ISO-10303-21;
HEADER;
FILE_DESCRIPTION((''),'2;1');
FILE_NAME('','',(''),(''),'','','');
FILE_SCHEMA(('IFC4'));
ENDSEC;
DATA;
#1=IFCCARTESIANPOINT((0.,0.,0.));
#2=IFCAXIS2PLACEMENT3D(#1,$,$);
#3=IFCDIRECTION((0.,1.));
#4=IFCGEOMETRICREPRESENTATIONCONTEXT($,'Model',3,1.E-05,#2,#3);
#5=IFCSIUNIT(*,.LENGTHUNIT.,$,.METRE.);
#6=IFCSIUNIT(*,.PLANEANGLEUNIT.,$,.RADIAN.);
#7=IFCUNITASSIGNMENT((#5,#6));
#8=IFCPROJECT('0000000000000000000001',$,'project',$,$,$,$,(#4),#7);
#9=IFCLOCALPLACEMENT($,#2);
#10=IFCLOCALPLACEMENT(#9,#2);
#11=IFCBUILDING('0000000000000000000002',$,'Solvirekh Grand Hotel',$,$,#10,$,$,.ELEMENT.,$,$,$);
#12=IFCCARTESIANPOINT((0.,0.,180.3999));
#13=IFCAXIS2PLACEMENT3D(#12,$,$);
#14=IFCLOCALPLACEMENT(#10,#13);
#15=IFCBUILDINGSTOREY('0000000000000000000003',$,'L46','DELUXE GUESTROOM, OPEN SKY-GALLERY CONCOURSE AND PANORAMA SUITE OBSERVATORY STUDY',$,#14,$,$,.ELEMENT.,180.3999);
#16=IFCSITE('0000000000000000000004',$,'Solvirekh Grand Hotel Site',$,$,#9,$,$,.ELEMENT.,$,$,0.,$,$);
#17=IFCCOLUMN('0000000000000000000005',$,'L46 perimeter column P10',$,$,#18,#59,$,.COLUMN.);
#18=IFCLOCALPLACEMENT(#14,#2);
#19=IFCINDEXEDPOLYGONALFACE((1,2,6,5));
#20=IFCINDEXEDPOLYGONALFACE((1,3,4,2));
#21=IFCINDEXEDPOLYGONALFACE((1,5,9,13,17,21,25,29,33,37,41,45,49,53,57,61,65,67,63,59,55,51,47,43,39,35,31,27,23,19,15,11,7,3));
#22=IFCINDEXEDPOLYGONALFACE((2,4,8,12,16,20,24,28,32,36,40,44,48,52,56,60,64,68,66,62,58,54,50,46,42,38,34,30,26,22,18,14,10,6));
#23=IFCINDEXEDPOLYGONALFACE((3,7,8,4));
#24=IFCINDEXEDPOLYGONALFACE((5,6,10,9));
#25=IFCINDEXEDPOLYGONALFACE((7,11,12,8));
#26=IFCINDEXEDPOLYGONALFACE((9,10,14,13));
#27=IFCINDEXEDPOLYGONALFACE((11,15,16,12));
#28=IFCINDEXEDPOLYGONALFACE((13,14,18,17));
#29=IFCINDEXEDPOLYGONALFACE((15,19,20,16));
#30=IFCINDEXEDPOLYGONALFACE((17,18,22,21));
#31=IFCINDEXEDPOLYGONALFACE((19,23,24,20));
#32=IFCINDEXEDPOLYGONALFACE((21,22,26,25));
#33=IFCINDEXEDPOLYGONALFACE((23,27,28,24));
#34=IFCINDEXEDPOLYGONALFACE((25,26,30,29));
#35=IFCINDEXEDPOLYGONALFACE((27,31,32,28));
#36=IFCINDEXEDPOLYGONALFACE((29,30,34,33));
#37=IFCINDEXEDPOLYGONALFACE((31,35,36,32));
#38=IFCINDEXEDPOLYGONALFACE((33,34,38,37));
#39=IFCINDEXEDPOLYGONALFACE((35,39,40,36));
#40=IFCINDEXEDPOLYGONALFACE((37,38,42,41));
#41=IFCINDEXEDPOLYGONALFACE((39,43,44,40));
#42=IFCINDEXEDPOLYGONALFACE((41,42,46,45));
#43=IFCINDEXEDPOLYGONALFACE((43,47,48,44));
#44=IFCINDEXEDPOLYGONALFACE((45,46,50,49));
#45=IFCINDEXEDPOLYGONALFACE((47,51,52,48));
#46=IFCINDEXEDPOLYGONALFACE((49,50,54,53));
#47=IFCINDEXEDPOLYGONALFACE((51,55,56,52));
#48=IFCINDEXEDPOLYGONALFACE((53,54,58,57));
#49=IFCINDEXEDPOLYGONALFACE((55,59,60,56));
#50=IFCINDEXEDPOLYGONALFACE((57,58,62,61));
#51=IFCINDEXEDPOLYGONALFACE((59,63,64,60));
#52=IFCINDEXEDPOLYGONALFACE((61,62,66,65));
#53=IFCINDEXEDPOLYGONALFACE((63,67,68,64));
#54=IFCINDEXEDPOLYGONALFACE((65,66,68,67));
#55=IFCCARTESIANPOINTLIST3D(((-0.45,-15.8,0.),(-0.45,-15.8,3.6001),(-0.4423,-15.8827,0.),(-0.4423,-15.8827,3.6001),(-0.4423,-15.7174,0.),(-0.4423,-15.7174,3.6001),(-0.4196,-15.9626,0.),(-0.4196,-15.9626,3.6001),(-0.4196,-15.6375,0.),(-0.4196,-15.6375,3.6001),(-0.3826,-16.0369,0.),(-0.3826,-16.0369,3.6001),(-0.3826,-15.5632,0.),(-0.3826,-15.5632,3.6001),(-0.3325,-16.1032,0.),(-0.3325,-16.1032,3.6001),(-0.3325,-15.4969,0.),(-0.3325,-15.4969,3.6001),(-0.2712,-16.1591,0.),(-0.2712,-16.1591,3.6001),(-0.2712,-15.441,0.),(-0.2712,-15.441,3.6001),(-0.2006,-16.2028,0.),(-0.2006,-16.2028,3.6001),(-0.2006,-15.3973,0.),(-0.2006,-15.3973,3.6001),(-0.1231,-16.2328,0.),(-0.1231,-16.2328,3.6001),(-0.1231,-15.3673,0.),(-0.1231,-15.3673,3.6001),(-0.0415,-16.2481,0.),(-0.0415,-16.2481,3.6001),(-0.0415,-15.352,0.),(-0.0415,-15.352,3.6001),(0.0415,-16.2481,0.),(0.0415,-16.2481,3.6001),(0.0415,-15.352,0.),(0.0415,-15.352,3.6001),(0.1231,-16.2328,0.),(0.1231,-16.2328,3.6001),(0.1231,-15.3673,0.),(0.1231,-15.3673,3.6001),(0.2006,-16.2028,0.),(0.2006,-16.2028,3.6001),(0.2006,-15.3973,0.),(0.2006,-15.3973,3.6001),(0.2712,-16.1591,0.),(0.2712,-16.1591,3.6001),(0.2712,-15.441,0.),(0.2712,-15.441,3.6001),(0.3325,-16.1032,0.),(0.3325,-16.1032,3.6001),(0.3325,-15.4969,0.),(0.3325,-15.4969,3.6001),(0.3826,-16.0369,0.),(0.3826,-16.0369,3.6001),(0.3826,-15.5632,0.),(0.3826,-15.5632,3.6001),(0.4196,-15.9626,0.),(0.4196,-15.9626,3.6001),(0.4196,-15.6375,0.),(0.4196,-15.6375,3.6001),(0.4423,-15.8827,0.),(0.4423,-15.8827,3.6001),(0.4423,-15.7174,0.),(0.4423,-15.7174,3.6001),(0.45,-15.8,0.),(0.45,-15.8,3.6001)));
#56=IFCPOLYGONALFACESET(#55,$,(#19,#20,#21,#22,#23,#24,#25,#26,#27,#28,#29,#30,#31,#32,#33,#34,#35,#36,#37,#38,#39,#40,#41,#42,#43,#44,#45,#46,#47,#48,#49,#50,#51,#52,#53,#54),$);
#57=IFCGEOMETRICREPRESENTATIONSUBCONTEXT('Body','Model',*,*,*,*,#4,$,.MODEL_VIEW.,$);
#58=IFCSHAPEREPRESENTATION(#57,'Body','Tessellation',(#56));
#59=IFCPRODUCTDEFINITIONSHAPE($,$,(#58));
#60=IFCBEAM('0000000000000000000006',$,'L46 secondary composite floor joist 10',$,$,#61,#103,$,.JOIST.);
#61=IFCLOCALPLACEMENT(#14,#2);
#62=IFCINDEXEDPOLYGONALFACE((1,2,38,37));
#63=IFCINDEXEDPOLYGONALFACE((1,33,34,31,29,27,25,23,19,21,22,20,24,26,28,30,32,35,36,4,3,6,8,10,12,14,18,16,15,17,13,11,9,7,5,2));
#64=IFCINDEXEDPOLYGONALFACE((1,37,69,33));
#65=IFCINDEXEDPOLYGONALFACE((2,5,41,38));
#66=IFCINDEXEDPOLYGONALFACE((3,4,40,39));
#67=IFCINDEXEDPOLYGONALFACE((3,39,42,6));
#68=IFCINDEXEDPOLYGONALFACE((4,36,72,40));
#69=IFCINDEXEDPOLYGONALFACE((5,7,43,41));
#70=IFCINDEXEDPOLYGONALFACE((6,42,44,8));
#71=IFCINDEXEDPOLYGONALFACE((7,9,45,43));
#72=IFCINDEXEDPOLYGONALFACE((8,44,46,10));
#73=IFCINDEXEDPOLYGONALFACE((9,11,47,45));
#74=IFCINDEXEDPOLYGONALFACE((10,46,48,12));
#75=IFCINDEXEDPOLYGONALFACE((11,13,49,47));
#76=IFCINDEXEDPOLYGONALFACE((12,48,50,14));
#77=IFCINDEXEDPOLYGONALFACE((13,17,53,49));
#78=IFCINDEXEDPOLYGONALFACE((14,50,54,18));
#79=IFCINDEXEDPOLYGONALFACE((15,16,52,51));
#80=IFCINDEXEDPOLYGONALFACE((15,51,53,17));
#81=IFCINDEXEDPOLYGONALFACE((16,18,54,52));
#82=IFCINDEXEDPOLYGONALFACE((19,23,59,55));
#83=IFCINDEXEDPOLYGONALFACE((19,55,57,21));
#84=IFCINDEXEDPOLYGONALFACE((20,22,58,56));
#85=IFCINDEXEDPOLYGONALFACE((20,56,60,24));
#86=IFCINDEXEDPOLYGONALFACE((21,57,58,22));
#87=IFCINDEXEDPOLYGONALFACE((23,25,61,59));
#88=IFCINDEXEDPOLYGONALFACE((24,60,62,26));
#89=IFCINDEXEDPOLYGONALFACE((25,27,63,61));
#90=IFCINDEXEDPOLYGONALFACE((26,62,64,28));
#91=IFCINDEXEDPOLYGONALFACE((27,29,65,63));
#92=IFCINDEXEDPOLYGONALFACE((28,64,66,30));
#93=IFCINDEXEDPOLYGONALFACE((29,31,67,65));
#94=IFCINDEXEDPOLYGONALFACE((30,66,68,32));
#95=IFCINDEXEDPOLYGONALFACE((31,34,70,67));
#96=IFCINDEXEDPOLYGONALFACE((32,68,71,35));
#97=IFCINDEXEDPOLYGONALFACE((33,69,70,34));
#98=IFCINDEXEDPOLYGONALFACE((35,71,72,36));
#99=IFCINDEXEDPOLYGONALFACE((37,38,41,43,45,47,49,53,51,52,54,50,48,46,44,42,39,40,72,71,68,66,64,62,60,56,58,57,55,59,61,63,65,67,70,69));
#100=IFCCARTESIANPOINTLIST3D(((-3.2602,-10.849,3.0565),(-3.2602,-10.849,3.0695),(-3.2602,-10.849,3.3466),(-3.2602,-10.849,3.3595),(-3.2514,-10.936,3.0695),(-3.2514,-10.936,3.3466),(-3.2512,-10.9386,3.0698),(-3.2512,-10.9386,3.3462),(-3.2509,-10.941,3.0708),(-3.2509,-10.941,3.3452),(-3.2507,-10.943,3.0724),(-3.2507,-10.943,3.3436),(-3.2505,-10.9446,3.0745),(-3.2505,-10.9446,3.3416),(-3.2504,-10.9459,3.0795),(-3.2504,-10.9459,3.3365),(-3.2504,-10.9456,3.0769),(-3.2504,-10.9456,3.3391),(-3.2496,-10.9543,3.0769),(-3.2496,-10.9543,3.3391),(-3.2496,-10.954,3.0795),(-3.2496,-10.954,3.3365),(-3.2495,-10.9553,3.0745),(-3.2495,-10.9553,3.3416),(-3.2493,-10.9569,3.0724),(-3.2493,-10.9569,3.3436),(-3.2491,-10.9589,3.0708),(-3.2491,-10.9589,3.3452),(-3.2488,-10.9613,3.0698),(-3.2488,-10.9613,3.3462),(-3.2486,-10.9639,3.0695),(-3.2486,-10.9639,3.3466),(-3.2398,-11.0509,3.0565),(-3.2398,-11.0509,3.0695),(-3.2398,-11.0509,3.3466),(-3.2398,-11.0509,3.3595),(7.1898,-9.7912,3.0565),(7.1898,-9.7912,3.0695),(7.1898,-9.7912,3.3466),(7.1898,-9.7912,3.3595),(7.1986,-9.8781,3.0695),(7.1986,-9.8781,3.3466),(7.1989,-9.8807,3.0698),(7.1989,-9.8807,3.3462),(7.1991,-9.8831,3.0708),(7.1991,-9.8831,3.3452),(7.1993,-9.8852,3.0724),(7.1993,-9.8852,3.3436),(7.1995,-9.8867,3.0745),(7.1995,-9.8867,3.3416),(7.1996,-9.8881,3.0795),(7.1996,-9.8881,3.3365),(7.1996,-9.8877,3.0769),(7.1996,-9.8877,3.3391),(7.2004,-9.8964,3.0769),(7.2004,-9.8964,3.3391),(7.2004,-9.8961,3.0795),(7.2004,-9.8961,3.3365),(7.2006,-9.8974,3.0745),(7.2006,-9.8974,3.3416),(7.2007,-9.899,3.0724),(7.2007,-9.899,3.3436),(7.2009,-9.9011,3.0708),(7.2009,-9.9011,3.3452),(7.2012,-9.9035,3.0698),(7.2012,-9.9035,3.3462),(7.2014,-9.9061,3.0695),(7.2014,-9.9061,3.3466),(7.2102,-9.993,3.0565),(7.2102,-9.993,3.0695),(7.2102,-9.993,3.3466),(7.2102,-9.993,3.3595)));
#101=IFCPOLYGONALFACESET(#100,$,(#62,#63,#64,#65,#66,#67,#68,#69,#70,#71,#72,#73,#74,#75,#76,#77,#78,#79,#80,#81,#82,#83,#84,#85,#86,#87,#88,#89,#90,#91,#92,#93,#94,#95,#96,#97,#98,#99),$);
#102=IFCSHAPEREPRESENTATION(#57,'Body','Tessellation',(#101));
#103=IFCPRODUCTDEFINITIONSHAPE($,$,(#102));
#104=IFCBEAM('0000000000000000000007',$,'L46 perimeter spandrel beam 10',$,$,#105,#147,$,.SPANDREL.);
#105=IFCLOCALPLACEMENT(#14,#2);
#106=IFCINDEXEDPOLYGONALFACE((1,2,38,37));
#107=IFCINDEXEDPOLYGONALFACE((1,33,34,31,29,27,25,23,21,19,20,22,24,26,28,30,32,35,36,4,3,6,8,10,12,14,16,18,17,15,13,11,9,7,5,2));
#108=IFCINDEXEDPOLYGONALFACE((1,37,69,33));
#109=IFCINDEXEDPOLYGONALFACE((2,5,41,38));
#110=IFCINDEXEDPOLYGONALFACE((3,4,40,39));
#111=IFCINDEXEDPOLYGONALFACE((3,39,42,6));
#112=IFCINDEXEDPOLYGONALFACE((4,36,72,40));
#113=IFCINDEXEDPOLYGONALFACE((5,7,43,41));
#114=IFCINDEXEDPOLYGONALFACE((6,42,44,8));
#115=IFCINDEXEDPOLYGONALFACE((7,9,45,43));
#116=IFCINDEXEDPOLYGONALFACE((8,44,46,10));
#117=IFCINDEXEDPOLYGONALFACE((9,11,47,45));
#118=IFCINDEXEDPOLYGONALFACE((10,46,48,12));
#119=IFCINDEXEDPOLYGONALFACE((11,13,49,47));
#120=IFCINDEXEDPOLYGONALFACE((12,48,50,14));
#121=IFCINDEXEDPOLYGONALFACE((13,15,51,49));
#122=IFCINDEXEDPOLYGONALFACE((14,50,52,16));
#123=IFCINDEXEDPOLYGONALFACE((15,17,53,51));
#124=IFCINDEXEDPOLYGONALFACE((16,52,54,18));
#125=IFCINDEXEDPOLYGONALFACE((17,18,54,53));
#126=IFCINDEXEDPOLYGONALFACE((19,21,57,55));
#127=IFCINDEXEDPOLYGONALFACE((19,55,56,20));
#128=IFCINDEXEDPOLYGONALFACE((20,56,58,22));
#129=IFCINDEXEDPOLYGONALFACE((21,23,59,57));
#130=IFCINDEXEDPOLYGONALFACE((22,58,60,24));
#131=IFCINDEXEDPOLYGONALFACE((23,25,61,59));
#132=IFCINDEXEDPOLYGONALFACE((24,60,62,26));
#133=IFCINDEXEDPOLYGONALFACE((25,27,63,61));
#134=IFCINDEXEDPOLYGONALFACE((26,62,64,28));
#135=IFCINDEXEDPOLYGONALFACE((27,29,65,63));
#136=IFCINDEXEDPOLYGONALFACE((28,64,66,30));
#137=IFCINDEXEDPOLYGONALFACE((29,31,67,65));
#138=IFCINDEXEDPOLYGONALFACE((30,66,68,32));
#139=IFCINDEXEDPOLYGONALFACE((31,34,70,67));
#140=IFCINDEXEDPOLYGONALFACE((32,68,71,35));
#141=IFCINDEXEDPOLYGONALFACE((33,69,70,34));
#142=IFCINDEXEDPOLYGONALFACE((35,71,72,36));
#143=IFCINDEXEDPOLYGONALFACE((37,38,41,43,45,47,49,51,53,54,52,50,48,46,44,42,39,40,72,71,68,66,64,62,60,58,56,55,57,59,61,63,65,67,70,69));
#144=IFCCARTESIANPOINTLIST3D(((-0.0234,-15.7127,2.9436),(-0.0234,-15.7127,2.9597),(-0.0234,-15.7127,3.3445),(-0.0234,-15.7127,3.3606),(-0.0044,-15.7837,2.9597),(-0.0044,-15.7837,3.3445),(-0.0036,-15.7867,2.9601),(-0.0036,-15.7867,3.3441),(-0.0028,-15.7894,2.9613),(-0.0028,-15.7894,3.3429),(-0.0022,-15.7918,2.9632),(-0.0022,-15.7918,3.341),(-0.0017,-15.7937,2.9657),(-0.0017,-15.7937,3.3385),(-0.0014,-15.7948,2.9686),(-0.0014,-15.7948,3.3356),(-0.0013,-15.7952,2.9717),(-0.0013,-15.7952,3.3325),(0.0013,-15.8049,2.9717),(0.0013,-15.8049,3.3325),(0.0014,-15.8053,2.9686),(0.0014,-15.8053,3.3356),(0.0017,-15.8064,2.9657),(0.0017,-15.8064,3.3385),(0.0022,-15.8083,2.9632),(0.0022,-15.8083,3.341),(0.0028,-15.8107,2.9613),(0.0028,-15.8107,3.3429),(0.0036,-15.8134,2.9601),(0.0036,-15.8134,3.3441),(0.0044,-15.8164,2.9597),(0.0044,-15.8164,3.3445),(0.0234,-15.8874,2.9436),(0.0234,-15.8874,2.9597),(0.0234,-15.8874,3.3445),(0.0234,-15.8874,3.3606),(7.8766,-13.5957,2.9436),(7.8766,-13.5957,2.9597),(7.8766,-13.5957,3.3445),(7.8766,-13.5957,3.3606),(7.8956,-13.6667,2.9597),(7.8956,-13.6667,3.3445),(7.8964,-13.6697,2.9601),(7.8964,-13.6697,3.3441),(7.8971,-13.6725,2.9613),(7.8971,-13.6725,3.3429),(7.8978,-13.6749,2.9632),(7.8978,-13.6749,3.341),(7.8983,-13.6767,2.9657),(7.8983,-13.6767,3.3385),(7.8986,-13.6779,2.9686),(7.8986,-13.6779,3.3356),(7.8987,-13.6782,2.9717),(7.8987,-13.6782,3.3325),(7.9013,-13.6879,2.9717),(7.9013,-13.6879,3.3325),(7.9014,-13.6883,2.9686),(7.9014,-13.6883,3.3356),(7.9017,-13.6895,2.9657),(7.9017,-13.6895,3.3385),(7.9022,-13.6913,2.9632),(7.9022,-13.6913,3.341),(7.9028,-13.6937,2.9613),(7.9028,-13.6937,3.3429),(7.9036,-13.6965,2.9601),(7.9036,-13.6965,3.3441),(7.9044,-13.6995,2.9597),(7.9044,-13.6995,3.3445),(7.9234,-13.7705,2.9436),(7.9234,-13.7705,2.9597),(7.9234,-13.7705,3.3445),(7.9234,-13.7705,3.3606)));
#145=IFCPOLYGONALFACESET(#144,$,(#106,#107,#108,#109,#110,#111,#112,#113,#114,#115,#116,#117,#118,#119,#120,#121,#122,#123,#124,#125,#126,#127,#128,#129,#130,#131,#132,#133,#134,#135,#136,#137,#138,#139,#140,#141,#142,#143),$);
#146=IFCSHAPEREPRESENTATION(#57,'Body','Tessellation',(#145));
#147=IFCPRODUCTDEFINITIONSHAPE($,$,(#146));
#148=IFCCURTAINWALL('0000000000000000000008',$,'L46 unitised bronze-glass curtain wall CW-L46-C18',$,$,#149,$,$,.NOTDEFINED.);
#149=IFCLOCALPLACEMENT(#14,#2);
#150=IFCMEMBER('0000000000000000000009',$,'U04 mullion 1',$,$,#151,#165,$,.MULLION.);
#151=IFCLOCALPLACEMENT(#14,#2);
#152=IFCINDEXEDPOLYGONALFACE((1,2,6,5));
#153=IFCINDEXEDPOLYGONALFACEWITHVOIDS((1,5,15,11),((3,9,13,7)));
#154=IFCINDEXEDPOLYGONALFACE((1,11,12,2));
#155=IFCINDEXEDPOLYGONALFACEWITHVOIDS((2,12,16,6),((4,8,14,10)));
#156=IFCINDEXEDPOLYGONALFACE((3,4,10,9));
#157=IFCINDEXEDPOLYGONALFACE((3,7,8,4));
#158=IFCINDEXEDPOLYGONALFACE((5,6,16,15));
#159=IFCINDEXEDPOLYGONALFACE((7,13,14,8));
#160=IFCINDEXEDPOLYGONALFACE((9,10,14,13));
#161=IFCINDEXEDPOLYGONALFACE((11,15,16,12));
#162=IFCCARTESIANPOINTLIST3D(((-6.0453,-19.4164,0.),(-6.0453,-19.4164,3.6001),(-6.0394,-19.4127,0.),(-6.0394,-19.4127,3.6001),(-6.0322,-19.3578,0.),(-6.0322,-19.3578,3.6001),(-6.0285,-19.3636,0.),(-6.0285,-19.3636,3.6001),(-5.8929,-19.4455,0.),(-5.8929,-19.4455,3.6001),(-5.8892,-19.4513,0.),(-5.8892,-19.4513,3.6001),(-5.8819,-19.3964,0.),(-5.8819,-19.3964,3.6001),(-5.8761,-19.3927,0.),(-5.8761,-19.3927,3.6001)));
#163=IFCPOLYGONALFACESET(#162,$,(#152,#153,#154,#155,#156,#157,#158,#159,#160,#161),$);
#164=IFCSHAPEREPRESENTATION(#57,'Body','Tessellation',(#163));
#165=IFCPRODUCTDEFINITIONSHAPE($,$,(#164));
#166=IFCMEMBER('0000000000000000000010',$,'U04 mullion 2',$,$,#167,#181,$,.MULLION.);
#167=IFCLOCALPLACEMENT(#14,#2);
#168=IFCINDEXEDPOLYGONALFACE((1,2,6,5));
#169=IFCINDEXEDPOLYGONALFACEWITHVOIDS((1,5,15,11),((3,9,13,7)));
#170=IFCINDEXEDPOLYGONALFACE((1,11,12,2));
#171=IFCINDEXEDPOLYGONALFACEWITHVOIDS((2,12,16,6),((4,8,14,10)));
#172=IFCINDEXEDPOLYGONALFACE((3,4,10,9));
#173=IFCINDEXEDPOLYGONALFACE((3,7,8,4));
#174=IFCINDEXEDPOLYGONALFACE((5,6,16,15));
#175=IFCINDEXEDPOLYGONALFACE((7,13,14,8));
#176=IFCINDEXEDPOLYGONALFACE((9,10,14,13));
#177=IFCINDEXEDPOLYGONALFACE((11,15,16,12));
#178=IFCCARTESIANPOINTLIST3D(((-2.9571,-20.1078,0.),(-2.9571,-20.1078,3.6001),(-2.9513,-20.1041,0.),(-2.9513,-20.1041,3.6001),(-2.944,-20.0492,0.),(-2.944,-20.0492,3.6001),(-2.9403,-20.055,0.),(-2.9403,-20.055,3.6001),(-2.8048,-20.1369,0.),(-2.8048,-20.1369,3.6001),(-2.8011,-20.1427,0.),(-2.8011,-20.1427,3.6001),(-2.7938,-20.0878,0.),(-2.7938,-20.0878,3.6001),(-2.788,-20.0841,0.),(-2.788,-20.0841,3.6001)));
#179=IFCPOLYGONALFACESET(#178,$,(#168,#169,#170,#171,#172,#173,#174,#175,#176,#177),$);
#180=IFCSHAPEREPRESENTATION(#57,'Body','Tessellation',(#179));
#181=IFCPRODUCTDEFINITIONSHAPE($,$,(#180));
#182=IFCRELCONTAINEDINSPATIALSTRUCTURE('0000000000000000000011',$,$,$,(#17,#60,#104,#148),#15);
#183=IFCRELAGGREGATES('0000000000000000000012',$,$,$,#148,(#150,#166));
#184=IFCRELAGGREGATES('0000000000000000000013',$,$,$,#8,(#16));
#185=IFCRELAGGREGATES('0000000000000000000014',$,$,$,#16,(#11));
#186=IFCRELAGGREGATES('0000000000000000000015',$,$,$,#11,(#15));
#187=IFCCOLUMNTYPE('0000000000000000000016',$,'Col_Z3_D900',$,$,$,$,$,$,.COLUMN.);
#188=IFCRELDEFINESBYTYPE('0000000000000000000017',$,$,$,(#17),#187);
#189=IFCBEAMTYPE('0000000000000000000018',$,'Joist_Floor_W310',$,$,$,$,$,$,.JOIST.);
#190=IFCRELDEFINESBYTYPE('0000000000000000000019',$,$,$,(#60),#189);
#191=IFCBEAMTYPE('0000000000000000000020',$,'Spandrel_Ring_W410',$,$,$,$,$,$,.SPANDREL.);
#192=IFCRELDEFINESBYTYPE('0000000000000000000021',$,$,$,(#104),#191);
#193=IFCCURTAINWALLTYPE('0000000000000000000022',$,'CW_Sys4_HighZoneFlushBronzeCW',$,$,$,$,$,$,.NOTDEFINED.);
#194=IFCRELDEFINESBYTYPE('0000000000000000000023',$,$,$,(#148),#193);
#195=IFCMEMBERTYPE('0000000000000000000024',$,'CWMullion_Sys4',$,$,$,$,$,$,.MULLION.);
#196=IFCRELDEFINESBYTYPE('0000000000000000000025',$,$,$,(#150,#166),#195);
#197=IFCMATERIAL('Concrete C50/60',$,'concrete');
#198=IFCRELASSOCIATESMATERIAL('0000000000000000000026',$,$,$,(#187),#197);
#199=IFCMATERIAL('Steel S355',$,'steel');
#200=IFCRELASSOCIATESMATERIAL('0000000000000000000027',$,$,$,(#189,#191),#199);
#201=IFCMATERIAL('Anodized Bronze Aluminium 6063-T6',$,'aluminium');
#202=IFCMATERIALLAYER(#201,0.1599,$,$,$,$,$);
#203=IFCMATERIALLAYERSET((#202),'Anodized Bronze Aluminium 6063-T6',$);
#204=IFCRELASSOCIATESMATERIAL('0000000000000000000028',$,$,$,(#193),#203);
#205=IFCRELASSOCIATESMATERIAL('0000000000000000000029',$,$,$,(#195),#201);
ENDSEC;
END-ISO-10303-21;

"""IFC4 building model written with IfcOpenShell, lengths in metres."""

from ifc_helpers import new_model, si_unit, direction, frame, origin, origin_2d, place, context, subcontext, project, spatial, hollow_rectangle, circle, i_section, extrude, source, transform, mapped, material, layer, layer_set, material_profile, profile_set, type_object, element, aggregate, save


model = new_model("IFC4")

# Units and contexts
model_context = context("Model", 3, precision=1e-05, world=origin(), true_north=direction((0.0, 1.0)))
body_context = subcontext(model_context, "Body", "Model", "MODEL_VIEW")
ifc_project = project(units=[si_unit("LENGTHUNIT", "METRE"), si_unit("PLANEANGLEUNIT", "RADIAN")], contexts=[model_context])

# Site, building, storey
site_placement = place(None, origin())
site = spatial("IfcSite", under=ifc_project, at=site_placement, Name="Solvirekh Grand Hotel Site", CompositionType="ELEMENT", RefElevation=0.0)
building_placement = place(site_placement, origin())
building = spatial("IfcBuilding", under=site, at=building_placement, Name="Solvirekh Grand Hotel", CompositionType="ELEMENT")
storey_placement = place(building_placement, frame((0.0, 0.0, 180.3999)))
storey = spatial("IfcBuildingStorey", under=building, at=storey_placement, Name="L46", Description="DELUXE GUESTROOM, OPEN SKY-GALLERY CONCOURSE AND PANORAMA SUITE OBSERVATORY STUDY", CompositionType="ELEMENT", Elevation=180.3999)

# Column
ifc_material_1 = material(Name="Concrete C50/60", Category="concrete")
ifc_material_profile_1 = material_profile(ifc_material_1, circle(Radius=0.45, at=origin_2d()), Name="RC CIRC D900")
ifc_profile_set_1 = profile_set([ifc_material_profile_1], Name="Concrete C50/60")
column_type = type_object("IfcColumnType", Name="Col_Z3_D900", PredefinedType="COLUMN", material=ifc_profile_set_1)
column_placement = place(storey_placement, frame((0.0, -15.8, 0.0), z_axis=(0.0, 0.0, 1.0), x_axis=(1.0, 0.0, 0.0)))
element("IfcColumn", 1, at=column_placement, inside=storey, type_object=column_type, Name="L46 perimeter column P10", PredefinedType="COLUMN", context=body_context, shape_type="SweptSolid", body=[
    extrude(circle(Radius=0.45, at=origin_2d()), origin(), (0.0, 0.0, 1.0), 3.6001),
])

# Beams
ifc_material_2 = material(Name="Steel S355", Category="steel")
ifc_material_profile_2 = material_profile(ifc_material_2, i_section(OverallWidth=0.2029, OverallDepth=0.303, WebThickness=0.0081, FlangeThickness=0.0129, FilletRadius=0.01, at=origin_2d()), Name="W310X60")
ifc_profile_set_2 = profile_set([ifc_material_profile_2], Name="Steel S355")
beam_type_1 = type_object("IfcBeamType", Name="Joist_Floor_W310", PredefinedType="JOIST", material=ifc_profile_set_2)
beam_1_placement = place(storey_placement, frame((-3.25, -10.95, 3.208), z_axis=(0.994915, 0.100716, 0.0), x_axis=(-0.100716, 0.994915, 0.0)))
element("IfcBeam", 2, at=beam_1_placement, inside=storey, type_object=beam_type_1, Name="L46 secondary composite floor joist 10", PredefinedType="JOIST", context=body_context, shape_type="SweptSolid", body=[
    extrude(i_section(OverallWidth=0.2029, OverallDepth=0.303, WebThickness=0.0081, FlangeThickness=0.0129, FilletRadius=0.01, at=origin_2d()), origin(), (0.0, 0.0, 1.0), 10.5034),
])
ifc_material_profile_3 = material_profile(ifc_material_2, i_section(OverallWidth=0.1809, OverallDepth=0.417, WebThickness=0.01, FlangeThickness=0.0161, FilletRadius=0.012, at=origin_2d()), Name="W410X85")
ifc_profile_set_3 = profile_set([ifc_material_profile_3], Name="Steel S355")
beam_type_2 = type_object("IfcBeamType", Name="Spandrel_Ring_W410", PredefinedType="SPANDREL", material=ifc_profile_set_3)
beam_2_placement = place(storey_placement, frame((0.0, -15.8, 3.1521), z_axis=(0.965921, 0.258839, 0.0), x_axis=(-0.258839, 0.965921, 0.0)))
element("IfcBeam", 3, at=beam_2_placement, inside=storey, type_object=beam_type_2, Name="L46 perimeter spandrel beam 10", PredefinedType="SPANDREL", context=body_context, shape_type="SweptSolid", body=[
    extrude(i_section(OverallWidth=0.1809, OverallDepth=0.417, WebThickness=0.01, FlangeThickness=0.0161, FilletRadius=0.012, at=origin_2d()), origin(), (0.0, 0.0, 1.0), 8.1787),
])

# Curtain wall, members
ifc_material_3 = material(Name="Anodized Bronze Aluminium 6063-T6", Category="aluminium")
ifc_layer_1 = layer(ifc_material_3, 0.1599)
ifc_layer_set_1 = layer_set([ifc_layer_1], Name="Anodized Bronze Aluminium 6063-T6")
curtain_wall_type = type_object("IfcCurtainWallType", Name="CW_Sys4_HighZoneFlushBronzeCW", PredefinedType="NOTDEFINED", material=ifc_layer_set_1)
curtain_wall_placement = place(storey_placement, origin())
curtain_wall = element("IfcCurtainWall", 4, at=curtain_wall_placement, inside=storey, type_object=curtain_wall_type, Name="L46 unitised bronze-glass curtain wall CW-L46-C18", PredefinedType="NOTDEFINED")
ifc_material_profile_4 = material_profile(ifc_material_3, hollow_rectangle(XDim=0.0601, YDim=0.1599, WallThickness=0.0049, at=origin_2d()), Name="ALU RHS 160X60X5")
ifc_profile_set_4 = profile_set([ifc_material_profile_4], Name="Anodized Bronze Aluminium 6063-T6")
member_type_1 = type_object("IfcMemberType", Name="CWMullion_Sys4", PredefinedType="MULLION", material=ifc_profile_set_4)
shared_shape_1 = source(origin(), body_context, "Body", "SweptSolid", [
    extrude(hollow_rectangle(XDim=0.0601, YDim=0.1599, WallThickness=0.0049, at=origin_2d()), origin(), (0.0, 0.0, 1.0), 3.6001),
])
member_1_placement = place(storey_placement, frame((-5.9607, -19.4045, 0.0), z_axis=(0.0, 0.0, 1.0), x_axis=(0.218488, 0.97584, 0.0)))
member_1 = element("IfcMember", 5, at=member_1_placement, type_object=member_type_1, Name="U04 mullion 1", PredefinedType="MULLION", context=body_context, shape_type="MappedRepresentation", body=[
    mapped(shared_shape_1, transform((0.0, 0.0, 0.0), x_axis=(1.0, 0.0, 0.0), y_axis=(0.0, 1.0, 0.0), z_axis=(0.0, 0.0, 1.0), scale=1.0)),
])
member_2_placement = place(storey_placement, frame((-2.8726, -20.0959, 0.0), z_axis=(0.0, 0.0, 1.0), x_axis=(0.218488, 0.97584, 0.0)))
member_2 = element("IfcMember", 6, at=member_2_placement, type_object=member_type_1, Name="U04 mullion 2", PredefinedType="MULLION", context=body_context, shape_type="MappedRepresentation", body=[
    mapped(shared_shape_1, transform((0.0, 0.0, 0.0), x_axis=(1.0, 0.0, 0.0), y_axis=(0.0, 1.0, 0.0), z_axis=(0.0, 0.0, 1.0), scale=1.0)),
])
aggregate(curtain_wall, [member_1, member_2])

save(model, "model.ifc")
